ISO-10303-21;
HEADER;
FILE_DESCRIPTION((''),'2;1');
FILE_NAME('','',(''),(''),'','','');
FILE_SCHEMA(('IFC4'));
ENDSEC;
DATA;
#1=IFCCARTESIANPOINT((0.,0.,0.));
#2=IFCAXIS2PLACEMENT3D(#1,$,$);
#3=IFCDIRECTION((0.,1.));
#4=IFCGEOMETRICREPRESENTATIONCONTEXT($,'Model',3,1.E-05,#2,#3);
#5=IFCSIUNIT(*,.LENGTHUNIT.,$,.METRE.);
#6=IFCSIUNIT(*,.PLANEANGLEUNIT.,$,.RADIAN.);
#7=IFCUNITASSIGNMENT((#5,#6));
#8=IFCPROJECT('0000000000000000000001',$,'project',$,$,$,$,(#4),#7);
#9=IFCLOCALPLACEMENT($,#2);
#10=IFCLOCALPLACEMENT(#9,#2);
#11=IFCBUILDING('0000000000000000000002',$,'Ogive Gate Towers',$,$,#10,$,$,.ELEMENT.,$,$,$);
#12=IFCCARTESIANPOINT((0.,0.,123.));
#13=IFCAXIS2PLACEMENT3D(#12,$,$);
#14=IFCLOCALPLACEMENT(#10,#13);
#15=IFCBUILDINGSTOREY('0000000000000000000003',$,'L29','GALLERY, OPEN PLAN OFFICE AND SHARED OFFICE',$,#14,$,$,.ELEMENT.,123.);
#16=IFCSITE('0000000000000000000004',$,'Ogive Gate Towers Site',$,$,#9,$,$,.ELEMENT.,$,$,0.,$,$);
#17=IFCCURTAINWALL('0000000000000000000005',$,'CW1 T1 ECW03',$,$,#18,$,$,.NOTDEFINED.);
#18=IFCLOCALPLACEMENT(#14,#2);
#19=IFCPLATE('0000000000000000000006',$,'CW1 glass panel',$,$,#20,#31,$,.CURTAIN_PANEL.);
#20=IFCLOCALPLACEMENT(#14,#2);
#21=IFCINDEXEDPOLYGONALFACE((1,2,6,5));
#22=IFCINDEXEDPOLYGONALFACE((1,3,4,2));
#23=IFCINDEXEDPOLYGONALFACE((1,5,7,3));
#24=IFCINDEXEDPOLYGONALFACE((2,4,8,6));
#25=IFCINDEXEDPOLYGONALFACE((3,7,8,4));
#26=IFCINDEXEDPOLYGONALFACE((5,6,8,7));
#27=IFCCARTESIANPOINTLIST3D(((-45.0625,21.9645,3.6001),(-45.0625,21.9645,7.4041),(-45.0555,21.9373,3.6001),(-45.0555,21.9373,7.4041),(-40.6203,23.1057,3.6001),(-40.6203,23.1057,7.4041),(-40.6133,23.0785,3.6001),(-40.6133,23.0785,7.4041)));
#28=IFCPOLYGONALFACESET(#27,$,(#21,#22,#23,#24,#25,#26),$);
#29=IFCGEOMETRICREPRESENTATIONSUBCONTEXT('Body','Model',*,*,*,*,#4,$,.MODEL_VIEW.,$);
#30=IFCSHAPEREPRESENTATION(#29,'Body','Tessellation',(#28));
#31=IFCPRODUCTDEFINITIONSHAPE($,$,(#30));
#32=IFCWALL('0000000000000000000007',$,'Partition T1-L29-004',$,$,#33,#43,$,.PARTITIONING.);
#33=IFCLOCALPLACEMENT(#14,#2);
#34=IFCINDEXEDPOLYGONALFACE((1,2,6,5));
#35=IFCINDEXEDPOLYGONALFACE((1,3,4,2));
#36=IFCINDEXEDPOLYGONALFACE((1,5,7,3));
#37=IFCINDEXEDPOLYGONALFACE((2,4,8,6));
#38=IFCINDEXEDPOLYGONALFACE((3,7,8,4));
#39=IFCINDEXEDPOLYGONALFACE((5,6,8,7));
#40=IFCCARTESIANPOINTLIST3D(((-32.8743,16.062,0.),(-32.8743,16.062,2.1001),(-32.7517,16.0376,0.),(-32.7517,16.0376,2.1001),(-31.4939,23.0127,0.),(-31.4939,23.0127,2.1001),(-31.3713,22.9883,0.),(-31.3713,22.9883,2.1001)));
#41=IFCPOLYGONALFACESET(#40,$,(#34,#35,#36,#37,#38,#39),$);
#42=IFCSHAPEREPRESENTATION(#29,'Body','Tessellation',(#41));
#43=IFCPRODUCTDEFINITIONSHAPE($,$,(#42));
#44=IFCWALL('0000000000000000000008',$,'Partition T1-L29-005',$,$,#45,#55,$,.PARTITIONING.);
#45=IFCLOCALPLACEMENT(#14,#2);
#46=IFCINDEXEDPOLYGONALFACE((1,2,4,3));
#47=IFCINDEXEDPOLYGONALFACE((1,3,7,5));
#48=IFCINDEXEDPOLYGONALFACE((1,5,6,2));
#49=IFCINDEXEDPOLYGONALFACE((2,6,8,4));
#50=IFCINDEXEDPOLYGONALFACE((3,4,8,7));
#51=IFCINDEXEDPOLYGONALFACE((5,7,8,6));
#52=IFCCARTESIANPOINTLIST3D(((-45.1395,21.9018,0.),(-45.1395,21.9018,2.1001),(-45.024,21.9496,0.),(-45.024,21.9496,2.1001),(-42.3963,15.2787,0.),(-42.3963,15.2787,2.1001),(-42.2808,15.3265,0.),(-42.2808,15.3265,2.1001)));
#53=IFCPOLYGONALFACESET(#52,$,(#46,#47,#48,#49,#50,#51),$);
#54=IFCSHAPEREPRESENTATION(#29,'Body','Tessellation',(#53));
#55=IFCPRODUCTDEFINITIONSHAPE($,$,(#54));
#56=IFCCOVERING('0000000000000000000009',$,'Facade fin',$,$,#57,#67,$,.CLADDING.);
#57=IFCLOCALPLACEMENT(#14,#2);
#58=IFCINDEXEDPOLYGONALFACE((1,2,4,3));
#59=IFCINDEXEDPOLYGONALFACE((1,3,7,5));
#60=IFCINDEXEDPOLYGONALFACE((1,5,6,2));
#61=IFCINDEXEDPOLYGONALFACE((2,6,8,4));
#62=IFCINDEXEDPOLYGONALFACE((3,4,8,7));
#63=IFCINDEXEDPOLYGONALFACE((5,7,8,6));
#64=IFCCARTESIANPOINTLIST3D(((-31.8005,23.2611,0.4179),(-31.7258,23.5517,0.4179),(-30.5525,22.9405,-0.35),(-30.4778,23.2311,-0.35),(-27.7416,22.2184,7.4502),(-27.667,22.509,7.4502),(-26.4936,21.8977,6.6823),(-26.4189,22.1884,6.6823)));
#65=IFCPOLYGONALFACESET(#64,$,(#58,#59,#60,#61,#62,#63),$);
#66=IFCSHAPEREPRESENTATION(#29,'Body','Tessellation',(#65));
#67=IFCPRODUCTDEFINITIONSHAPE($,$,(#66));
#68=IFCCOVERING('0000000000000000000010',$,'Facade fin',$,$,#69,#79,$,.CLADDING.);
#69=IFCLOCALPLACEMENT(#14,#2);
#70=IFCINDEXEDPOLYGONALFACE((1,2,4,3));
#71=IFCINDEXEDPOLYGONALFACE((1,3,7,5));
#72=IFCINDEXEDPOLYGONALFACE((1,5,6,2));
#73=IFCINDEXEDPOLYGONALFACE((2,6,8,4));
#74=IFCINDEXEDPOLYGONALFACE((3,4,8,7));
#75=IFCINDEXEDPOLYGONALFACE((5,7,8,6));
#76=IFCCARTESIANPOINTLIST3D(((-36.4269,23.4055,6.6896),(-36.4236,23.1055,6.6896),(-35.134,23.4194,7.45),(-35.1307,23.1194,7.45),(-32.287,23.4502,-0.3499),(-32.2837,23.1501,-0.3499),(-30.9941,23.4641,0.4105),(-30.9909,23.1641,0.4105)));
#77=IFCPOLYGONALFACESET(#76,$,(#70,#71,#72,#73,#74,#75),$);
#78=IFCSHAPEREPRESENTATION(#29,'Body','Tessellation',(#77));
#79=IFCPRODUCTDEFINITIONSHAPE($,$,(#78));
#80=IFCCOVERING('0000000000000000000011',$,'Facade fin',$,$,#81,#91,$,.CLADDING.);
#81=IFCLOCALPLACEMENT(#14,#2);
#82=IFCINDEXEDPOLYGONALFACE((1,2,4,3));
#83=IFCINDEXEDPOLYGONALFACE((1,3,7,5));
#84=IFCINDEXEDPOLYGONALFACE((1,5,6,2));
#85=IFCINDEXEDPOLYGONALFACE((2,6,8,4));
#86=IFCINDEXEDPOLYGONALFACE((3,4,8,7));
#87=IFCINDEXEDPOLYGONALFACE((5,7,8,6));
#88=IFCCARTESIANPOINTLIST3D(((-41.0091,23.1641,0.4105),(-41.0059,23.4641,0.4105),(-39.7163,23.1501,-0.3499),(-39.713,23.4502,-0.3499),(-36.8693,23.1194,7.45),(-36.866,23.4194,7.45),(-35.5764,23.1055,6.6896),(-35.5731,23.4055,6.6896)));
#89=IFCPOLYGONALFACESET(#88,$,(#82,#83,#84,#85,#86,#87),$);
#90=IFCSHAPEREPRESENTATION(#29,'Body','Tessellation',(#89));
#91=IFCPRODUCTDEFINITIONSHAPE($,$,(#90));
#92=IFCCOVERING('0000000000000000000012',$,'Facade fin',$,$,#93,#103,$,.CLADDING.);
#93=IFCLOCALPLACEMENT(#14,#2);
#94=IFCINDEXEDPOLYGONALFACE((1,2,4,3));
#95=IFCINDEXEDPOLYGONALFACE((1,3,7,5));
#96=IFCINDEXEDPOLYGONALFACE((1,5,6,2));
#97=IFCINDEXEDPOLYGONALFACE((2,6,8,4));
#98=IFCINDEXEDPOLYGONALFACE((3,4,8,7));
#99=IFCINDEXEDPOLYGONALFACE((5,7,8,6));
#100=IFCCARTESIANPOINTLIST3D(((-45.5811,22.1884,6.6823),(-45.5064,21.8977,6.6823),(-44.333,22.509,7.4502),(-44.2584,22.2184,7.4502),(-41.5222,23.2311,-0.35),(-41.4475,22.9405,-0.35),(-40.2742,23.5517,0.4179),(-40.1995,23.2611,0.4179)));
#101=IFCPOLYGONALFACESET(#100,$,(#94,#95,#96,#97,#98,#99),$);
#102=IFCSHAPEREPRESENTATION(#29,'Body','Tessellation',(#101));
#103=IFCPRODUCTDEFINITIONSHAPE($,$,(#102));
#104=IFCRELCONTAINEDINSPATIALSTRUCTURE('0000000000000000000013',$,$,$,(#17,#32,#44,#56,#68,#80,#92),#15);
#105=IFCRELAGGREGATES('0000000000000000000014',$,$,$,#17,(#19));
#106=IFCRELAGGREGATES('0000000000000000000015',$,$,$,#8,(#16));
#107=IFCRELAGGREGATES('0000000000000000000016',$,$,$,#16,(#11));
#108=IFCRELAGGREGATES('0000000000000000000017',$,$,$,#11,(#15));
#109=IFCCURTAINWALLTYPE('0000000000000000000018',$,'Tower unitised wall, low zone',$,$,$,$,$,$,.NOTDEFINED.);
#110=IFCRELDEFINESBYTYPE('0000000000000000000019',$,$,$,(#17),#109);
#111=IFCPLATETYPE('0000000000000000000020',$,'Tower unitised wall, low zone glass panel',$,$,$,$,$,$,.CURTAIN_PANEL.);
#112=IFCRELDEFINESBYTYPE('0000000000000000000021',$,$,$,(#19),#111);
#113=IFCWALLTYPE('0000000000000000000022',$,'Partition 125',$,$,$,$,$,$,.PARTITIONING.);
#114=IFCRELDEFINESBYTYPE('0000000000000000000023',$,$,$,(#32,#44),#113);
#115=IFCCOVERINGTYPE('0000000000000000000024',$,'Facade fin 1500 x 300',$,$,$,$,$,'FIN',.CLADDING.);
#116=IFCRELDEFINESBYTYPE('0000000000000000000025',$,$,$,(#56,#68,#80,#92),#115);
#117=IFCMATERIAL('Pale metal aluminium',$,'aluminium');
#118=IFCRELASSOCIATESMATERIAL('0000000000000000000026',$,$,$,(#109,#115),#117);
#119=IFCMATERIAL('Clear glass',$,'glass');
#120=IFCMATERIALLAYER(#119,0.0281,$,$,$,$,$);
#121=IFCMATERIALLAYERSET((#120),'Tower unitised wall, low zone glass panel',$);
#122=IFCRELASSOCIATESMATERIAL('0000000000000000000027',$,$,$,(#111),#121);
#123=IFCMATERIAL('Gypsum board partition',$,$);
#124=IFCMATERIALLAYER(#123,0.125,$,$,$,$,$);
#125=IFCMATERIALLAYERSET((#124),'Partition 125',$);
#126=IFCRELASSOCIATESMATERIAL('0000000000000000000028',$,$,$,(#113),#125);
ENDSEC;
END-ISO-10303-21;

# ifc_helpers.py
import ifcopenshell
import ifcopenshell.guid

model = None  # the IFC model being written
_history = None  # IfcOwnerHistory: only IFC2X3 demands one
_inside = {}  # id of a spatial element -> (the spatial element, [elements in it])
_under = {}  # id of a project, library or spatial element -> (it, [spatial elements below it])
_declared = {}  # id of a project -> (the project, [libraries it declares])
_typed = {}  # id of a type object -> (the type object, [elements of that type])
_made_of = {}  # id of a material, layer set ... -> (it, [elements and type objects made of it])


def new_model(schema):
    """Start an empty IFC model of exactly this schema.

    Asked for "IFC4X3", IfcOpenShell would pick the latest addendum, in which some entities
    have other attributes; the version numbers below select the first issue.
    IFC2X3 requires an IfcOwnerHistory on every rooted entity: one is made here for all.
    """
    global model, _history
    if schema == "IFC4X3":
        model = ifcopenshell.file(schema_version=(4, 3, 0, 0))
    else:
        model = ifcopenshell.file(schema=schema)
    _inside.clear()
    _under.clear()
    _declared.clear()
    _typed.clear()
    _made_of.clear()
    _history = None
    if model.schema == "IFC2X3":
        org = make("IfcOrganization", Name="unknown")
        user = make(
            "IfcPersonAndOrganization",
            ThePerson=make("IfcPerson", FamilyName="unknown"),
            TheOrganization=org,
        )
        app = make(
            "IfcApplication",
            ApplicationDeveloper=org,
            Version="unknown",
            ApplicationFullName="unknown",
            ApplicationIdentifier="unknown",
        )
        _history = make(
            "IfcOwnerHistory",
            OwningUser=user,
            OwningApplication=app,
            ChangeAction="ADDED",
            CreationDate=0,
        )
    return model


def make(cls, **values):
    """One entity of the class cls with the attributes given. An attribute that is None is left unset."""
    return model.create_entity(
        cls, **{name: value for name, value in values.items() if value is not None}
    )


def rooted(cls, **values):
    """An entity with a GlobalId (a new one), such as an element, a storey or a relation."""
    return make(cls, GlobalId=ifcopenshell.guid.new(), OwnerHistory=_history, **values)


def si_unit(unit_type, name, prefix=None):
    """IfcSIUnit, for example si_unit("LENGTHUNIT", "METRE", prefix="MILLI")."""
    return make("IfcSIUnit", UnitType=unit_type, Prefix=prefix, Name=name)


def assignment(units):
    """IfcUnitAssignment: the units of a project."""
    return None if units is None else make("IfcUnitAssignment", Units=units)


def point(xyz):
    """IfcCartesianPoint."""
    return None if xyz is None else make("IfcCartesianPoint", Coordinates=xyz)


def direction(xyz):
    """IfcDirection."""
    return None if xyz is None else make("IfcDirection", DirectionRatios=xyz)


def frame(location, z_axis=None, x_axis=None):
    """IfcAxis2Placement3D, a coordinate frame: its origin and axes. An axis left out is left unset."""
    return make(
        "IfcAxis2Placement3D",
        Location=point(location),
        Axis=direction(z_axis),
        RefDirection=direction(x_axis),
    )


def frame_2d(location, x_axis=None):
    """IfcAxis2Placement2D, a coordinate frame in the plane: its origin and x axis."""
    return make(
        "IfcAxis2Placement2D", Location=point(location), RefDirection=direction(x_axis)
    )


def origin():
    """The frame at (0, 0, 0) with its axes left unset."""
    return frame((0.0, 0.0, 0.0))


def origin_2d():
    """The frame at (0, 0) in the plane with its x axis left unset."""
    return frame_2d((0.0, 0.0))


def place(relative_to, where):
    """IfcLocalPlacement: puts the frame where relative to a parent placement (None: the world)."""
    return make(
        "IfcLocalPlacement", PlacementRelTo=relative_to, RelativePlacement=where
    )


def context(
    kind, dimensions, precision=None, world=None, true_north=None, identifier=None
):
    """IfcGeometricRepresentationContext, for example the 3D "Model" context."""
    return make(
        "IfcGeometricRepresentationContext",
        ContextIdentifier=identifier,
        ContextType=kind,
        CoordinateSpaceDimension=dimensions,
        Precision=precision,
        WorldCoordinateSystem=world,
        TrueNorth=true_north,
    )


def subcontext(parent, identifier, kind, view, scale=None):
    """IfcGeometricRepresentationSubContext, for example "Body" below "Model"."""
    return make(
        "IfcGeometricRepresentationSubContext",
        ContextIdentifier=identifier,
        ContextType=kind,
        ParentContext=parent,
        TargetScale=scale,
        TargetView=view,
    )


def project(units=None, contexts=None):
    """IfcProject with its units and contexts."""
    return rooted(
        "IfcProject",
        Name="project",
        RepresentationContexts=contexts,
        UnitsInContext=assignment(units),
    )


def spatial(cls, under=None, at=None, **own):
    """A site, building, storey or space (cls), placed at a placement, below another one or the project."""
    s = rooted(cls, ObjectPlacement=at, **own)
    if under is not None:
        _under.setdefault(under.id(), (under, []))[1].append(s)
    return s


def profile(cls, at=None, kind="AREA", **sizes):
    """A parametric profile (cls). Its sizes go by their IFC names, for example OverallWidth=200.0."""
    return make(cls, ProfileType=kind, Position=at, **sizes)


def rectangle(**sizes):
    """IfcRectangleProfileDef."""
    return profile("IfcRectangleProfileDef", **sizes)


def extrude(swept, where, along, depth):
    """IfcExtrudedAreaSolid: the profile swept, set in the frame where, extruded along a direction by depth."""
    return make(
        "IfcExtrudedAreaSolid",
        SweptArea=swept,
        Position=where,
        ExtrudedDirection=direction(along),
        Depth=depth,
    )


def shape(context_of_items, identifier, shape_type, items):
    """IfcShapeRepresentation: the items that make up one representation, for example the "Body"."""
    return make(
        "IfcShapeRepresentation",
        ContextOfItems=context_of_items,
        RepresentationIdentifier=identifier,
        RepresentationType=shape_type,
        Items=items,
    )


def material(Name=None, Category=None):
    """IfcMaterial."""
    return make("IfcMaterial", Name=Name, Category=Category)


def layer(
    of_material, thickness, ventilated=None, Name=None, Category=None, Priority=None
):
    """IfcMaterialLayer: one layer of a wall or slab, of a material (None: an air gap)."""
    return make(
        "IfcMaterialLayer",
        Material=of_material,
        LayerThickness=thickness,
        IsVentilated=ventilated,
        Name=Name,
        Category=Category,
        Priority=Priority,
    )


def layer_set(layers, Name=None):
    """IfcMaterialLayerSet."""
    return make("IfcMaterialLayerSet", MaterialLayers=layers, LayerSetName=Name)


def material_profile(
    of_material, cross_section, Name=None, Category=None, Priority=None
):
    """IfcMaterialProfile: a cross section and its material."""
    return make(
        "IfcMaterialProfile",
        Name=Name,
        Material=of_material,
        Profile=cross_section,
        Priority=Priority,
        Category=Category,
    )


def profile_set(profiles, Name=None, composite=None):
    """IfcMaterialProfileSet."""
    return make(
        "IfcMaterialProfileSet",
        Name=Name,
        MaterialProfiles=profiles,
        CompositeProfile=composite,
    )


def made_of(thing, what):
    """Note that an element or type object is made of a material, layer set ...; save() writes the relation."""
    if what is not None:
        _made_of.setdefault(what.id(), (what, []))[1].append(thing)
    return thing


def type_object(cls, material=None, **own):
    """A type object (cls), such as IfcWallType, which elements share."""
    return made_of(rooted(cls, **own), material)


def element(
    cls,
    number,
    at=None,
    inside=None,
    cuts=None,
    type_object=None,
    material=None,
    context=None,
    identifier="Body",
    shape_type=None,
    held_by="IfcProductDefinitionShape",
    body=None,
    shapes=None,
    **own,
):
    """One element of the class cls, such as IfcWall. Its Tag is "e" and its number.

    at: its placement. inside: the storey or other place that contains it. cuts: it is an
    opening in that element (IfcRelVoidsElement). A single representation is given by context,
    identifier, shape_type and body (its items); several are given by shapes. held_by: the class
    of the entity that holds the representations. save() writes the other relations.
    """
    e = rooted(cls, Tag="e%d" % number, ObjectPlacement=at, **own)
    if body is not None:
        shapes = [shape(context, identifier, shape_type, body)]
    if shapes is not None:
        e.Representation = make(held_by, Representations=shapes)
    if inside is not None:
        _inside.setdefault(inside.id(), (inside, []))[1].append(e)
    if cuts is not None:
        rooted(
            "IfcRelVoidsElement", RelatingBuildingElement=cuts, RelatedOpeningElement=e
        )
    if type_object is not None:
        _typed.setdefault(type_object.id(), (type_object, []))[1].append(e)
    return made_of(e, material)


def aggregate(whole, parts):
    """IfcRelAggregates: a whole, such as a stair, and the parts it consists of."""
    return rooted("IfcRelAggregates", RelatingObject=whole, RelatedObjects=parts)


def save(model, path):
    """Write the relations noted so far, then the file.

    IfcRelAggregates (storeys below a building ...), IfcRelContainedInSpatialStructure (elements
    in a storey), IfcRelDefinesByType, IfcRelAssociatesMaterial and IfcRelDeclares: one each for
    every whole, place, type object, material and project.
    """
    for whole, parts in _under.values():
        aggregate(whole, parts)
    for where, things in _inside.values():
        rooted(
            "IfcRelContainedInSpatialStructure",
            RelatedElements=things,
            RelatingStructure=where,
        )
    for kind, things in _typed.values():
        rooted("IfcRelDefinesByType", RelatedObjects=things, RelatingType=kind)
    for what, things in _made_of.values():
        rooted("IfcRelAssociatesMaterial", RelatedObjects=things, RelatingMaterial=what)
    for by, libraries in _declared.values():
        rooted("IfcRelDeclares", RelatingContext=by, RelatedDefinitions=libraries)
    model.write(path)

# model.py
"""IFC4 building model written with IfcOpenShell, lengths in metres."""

from ifc_helpers import new_model, si_unit, direction, frame, frame_2d, origin, origin_2d, place, context, subcontext, project, spatial, rectangle, extrude, material, layer, layer_set, material_profile, profile_set, type_object, element, aggregate, save


model = new_model("IFC4")

# Units and contexts
model_context = context("Model", 3, precision=1e-05, world=origin(), true_north=direction((0.0, 1.0)))
body_context = subcontext(model_context, "Body", "Model", "MODEL_VIEW")
ifc_project = project(units=[si_unit("LENGTHUNIT", "METRE"), si_unit("PLANEANGLEUNIT", "RADIAN")], contexts=[model_context])

# Site, building, storey
site_placement = place(None, origin())
site = spatial("IfcSite", under=ifc_project, at=site_placement, Name="Ogive Gate Towers Site", CompositionType="ELEMENT", RefElevation=0.0)
building_placement = place(site_placement, origin())
building = spatial("IfcBuilding", under=site, at=building_placement, Name="Ogive Gate Towers", CompositionType="ELEMENT")
storey_placement = place(building_placement, frame((0.0, 0.0, 123.0)))
storey = spatial("IfcBuildingStorey", under=building, at=storey_placement, Name="L29", Description="GALLERY, OPEN PLAN OFFICE AND SHARED OFFICE", CompositionType="ELEMENT", Elevation=123.0)

# Shared definitions
ifc_material_1 = material(Name="Pale metal aluminium", Category="aluminium")
curtain_wall_type = type_object("IfcCurtainWallType", Name="Tower unitised wall, low zone", PredefinedType="NOTDEFINED", material=ifc_material_1)

# Curtain wall
curtain_wall_1_placement = place(storey_placement, origin())
curtain_wall_1 = element("IfcCurtainWall", 1, at=curtain_wall_1_placement, inside=storey, type_object=curtain_wall_type, Name="CW1 T1 ECW03", PredefinedType="NOTDEFINED")

# Plate
ifc_material_2 = material(Name="Clear glass", Category="glass")
ifc_layer_1 = layer(ifc_material_2, 0.0281)
ifc_layer_set_1 = layer_set([ifc_layer_1], Name="Tower unitised wall, low zone glass panel")
plate_type = type_object("IfcPlateType", Name="Tower unitised wall, low zone glass panel", PredefinedType="CURTAIN_PANEL", material=ifc_layer_set_1)
plate_1_placement = place(storey_placement, frame((-42.8379, 22.5215, 3.6001), z_axis=(0.0, 0.0, 1.0), x_axis=(-0.968553, -0.248808, 0.0)))
plate_1 = element("IfcPlate", 2, at=plate_1_placement, type_object=plate_type, Name="CW1 glass panel", PredefinedType="CURTAIN_PANEL", context=body_context, shape_type="SweptSolid", body=[
    extrude(rectangle(XDim=4.5864, YDim=0.0281, at=origin_2d()), origin(), (0.0, 0.0, 1.0), 3.804),
])
aggregate(curtain_wall_1, [plate_1])

# Walls
ifc_material_3 = material(Name="Gypsum board partition")
ifc_layer_2 = layer(ifc_material_3, 0.125)
ifc_layer_set_2 = layer_set([ifc_layer_2], Name="Partition 125")
wall_type = type_object("IfcWallType", Name="Partition 125", PredefinedType="PARTITIONING", material=ifc_layer_set_2)
wall_1_placement = place(storey_placement, frame((-31.4326, 23.0005, 0.0), z_axis=(0.0, 0.0, 1.0), x_axis=(-0.194791, -0.980845, 0.0)))
element("IfcWall", 3, at=wall_1_placement, inside=storey, type_object=wall_type, Name="Partition T1-L29-004", PredefinedType="PARTITIONING", context=body_context, shape_type="SweptSolid", body=[
    extrude(rectangle(XDim=7.0864, YDim=0.125, at=frame_2d((3.5432, 0.0))), origin(), (0.0, 0.0, 1.0), 2.1001),
])
wall_2_placement = place(storey_placement, frame((-45.0818, 21.9258, 0.0), z_axis=(0.0, 0.0, 1.0), x_axis=(0.382661, -0.923889, 0.0)))
element("IfcWall", 4, at=wall_2_placement, inside=storey, type_object=wall_type, Name="Partition T1-L29-005", PredefinedType="PARTITIONING", context=body_context, shape_type="SweptSolid", body=[
    extrude(rectangle(XDim=7.1687, YDim=0.125, at=frame_2d((3.5845, 0.0))), origin(), (0.0, 0.0, 1.0), 2.1001),
])

# Coverings
ifc_material_profile_1 = material_profile(ifc_material_1, rectangle(XDim=0.3, YDim=1.5, at=origin_2d()), Name="1500 x 300 pale metal aluminium")
ifc_profile_set_1 = profile_set([ifc_material_profile_1], Name="Pale metal aluminium")
covering_type = type_object("IfcCoveringType", Name="Facade fin 1500 x 300", ElementType="FIN", PredefinedType="CLADDING", material=ifc_profile_set_1)
covering_1_placement = place(storey_placement, frame((-31.1392, 23.2461, 0.0339), z_axis=(0.495815, -0.127376, 0.859036), x_axis=(0.248822, 0.968549, 0.0)))
element("IfcCovering", 5, at=covering_1_placement, inside=storey, type_object=covering_type, Name="Facade fin", PredefinedType="CLADDING", context=body_context, shape_type="SweptSolid", body=[
    extrude(rectangle(XDim=0.3, YDim=1.5, at=origin_2d()), origin(), (0.0, 0.0, 1.0), 8.1863),
])
for number, where, z_axis, x_axis, name in (
    (6, (-31.6389, 23.3071, 0.0303), (-0.50692, -0.005471, 0.861976), (0.010791, -0.999942, 0.0), "Facade fin"),
    (7, (-40.3611, 23.3071, 0.0303), (0.50692, -0.005471, 0.861976), (0.010791, 0.999942, 0.0), "Facade fin"),
):
    element("IfcCovering", number, at=place(storey_placement, frame(where, z_axis=z_axis, x_axis=x_axis)), inside=storey, type_object=covering_type, Name=name, PredefinedType="CLADDING", context=body_context, shape_type="SweptSolid", body=[
        extrude(rectangle(XDim=0.3, YDim=1.5, at=origin_2d()), origin(), (0.0, 0.0, 1.0), 8.1667),
    ])
covering_2_placement = place(storey_placement, frame((-40.8608, 23.2461, 0.0339), z_axis=(-0.495815, -0.127376, 0.859036), x_axis=(0.248822, -0.968549, 0.0)))
element("IfcCovering", 8, at=covering_2_placement, inside=storey, type_object=covering_type, Name="Facade fin", PredefinedType="CLADDING", context=body_context, shape_type="SweptSolid", body=[
    extrude(rectangle(XDim=0.3, YDim=1.5, at=origin_2d()), origin(), (0.0, 0.0, 1.0), 8.1863),
])

save(model, "model.ifc")
